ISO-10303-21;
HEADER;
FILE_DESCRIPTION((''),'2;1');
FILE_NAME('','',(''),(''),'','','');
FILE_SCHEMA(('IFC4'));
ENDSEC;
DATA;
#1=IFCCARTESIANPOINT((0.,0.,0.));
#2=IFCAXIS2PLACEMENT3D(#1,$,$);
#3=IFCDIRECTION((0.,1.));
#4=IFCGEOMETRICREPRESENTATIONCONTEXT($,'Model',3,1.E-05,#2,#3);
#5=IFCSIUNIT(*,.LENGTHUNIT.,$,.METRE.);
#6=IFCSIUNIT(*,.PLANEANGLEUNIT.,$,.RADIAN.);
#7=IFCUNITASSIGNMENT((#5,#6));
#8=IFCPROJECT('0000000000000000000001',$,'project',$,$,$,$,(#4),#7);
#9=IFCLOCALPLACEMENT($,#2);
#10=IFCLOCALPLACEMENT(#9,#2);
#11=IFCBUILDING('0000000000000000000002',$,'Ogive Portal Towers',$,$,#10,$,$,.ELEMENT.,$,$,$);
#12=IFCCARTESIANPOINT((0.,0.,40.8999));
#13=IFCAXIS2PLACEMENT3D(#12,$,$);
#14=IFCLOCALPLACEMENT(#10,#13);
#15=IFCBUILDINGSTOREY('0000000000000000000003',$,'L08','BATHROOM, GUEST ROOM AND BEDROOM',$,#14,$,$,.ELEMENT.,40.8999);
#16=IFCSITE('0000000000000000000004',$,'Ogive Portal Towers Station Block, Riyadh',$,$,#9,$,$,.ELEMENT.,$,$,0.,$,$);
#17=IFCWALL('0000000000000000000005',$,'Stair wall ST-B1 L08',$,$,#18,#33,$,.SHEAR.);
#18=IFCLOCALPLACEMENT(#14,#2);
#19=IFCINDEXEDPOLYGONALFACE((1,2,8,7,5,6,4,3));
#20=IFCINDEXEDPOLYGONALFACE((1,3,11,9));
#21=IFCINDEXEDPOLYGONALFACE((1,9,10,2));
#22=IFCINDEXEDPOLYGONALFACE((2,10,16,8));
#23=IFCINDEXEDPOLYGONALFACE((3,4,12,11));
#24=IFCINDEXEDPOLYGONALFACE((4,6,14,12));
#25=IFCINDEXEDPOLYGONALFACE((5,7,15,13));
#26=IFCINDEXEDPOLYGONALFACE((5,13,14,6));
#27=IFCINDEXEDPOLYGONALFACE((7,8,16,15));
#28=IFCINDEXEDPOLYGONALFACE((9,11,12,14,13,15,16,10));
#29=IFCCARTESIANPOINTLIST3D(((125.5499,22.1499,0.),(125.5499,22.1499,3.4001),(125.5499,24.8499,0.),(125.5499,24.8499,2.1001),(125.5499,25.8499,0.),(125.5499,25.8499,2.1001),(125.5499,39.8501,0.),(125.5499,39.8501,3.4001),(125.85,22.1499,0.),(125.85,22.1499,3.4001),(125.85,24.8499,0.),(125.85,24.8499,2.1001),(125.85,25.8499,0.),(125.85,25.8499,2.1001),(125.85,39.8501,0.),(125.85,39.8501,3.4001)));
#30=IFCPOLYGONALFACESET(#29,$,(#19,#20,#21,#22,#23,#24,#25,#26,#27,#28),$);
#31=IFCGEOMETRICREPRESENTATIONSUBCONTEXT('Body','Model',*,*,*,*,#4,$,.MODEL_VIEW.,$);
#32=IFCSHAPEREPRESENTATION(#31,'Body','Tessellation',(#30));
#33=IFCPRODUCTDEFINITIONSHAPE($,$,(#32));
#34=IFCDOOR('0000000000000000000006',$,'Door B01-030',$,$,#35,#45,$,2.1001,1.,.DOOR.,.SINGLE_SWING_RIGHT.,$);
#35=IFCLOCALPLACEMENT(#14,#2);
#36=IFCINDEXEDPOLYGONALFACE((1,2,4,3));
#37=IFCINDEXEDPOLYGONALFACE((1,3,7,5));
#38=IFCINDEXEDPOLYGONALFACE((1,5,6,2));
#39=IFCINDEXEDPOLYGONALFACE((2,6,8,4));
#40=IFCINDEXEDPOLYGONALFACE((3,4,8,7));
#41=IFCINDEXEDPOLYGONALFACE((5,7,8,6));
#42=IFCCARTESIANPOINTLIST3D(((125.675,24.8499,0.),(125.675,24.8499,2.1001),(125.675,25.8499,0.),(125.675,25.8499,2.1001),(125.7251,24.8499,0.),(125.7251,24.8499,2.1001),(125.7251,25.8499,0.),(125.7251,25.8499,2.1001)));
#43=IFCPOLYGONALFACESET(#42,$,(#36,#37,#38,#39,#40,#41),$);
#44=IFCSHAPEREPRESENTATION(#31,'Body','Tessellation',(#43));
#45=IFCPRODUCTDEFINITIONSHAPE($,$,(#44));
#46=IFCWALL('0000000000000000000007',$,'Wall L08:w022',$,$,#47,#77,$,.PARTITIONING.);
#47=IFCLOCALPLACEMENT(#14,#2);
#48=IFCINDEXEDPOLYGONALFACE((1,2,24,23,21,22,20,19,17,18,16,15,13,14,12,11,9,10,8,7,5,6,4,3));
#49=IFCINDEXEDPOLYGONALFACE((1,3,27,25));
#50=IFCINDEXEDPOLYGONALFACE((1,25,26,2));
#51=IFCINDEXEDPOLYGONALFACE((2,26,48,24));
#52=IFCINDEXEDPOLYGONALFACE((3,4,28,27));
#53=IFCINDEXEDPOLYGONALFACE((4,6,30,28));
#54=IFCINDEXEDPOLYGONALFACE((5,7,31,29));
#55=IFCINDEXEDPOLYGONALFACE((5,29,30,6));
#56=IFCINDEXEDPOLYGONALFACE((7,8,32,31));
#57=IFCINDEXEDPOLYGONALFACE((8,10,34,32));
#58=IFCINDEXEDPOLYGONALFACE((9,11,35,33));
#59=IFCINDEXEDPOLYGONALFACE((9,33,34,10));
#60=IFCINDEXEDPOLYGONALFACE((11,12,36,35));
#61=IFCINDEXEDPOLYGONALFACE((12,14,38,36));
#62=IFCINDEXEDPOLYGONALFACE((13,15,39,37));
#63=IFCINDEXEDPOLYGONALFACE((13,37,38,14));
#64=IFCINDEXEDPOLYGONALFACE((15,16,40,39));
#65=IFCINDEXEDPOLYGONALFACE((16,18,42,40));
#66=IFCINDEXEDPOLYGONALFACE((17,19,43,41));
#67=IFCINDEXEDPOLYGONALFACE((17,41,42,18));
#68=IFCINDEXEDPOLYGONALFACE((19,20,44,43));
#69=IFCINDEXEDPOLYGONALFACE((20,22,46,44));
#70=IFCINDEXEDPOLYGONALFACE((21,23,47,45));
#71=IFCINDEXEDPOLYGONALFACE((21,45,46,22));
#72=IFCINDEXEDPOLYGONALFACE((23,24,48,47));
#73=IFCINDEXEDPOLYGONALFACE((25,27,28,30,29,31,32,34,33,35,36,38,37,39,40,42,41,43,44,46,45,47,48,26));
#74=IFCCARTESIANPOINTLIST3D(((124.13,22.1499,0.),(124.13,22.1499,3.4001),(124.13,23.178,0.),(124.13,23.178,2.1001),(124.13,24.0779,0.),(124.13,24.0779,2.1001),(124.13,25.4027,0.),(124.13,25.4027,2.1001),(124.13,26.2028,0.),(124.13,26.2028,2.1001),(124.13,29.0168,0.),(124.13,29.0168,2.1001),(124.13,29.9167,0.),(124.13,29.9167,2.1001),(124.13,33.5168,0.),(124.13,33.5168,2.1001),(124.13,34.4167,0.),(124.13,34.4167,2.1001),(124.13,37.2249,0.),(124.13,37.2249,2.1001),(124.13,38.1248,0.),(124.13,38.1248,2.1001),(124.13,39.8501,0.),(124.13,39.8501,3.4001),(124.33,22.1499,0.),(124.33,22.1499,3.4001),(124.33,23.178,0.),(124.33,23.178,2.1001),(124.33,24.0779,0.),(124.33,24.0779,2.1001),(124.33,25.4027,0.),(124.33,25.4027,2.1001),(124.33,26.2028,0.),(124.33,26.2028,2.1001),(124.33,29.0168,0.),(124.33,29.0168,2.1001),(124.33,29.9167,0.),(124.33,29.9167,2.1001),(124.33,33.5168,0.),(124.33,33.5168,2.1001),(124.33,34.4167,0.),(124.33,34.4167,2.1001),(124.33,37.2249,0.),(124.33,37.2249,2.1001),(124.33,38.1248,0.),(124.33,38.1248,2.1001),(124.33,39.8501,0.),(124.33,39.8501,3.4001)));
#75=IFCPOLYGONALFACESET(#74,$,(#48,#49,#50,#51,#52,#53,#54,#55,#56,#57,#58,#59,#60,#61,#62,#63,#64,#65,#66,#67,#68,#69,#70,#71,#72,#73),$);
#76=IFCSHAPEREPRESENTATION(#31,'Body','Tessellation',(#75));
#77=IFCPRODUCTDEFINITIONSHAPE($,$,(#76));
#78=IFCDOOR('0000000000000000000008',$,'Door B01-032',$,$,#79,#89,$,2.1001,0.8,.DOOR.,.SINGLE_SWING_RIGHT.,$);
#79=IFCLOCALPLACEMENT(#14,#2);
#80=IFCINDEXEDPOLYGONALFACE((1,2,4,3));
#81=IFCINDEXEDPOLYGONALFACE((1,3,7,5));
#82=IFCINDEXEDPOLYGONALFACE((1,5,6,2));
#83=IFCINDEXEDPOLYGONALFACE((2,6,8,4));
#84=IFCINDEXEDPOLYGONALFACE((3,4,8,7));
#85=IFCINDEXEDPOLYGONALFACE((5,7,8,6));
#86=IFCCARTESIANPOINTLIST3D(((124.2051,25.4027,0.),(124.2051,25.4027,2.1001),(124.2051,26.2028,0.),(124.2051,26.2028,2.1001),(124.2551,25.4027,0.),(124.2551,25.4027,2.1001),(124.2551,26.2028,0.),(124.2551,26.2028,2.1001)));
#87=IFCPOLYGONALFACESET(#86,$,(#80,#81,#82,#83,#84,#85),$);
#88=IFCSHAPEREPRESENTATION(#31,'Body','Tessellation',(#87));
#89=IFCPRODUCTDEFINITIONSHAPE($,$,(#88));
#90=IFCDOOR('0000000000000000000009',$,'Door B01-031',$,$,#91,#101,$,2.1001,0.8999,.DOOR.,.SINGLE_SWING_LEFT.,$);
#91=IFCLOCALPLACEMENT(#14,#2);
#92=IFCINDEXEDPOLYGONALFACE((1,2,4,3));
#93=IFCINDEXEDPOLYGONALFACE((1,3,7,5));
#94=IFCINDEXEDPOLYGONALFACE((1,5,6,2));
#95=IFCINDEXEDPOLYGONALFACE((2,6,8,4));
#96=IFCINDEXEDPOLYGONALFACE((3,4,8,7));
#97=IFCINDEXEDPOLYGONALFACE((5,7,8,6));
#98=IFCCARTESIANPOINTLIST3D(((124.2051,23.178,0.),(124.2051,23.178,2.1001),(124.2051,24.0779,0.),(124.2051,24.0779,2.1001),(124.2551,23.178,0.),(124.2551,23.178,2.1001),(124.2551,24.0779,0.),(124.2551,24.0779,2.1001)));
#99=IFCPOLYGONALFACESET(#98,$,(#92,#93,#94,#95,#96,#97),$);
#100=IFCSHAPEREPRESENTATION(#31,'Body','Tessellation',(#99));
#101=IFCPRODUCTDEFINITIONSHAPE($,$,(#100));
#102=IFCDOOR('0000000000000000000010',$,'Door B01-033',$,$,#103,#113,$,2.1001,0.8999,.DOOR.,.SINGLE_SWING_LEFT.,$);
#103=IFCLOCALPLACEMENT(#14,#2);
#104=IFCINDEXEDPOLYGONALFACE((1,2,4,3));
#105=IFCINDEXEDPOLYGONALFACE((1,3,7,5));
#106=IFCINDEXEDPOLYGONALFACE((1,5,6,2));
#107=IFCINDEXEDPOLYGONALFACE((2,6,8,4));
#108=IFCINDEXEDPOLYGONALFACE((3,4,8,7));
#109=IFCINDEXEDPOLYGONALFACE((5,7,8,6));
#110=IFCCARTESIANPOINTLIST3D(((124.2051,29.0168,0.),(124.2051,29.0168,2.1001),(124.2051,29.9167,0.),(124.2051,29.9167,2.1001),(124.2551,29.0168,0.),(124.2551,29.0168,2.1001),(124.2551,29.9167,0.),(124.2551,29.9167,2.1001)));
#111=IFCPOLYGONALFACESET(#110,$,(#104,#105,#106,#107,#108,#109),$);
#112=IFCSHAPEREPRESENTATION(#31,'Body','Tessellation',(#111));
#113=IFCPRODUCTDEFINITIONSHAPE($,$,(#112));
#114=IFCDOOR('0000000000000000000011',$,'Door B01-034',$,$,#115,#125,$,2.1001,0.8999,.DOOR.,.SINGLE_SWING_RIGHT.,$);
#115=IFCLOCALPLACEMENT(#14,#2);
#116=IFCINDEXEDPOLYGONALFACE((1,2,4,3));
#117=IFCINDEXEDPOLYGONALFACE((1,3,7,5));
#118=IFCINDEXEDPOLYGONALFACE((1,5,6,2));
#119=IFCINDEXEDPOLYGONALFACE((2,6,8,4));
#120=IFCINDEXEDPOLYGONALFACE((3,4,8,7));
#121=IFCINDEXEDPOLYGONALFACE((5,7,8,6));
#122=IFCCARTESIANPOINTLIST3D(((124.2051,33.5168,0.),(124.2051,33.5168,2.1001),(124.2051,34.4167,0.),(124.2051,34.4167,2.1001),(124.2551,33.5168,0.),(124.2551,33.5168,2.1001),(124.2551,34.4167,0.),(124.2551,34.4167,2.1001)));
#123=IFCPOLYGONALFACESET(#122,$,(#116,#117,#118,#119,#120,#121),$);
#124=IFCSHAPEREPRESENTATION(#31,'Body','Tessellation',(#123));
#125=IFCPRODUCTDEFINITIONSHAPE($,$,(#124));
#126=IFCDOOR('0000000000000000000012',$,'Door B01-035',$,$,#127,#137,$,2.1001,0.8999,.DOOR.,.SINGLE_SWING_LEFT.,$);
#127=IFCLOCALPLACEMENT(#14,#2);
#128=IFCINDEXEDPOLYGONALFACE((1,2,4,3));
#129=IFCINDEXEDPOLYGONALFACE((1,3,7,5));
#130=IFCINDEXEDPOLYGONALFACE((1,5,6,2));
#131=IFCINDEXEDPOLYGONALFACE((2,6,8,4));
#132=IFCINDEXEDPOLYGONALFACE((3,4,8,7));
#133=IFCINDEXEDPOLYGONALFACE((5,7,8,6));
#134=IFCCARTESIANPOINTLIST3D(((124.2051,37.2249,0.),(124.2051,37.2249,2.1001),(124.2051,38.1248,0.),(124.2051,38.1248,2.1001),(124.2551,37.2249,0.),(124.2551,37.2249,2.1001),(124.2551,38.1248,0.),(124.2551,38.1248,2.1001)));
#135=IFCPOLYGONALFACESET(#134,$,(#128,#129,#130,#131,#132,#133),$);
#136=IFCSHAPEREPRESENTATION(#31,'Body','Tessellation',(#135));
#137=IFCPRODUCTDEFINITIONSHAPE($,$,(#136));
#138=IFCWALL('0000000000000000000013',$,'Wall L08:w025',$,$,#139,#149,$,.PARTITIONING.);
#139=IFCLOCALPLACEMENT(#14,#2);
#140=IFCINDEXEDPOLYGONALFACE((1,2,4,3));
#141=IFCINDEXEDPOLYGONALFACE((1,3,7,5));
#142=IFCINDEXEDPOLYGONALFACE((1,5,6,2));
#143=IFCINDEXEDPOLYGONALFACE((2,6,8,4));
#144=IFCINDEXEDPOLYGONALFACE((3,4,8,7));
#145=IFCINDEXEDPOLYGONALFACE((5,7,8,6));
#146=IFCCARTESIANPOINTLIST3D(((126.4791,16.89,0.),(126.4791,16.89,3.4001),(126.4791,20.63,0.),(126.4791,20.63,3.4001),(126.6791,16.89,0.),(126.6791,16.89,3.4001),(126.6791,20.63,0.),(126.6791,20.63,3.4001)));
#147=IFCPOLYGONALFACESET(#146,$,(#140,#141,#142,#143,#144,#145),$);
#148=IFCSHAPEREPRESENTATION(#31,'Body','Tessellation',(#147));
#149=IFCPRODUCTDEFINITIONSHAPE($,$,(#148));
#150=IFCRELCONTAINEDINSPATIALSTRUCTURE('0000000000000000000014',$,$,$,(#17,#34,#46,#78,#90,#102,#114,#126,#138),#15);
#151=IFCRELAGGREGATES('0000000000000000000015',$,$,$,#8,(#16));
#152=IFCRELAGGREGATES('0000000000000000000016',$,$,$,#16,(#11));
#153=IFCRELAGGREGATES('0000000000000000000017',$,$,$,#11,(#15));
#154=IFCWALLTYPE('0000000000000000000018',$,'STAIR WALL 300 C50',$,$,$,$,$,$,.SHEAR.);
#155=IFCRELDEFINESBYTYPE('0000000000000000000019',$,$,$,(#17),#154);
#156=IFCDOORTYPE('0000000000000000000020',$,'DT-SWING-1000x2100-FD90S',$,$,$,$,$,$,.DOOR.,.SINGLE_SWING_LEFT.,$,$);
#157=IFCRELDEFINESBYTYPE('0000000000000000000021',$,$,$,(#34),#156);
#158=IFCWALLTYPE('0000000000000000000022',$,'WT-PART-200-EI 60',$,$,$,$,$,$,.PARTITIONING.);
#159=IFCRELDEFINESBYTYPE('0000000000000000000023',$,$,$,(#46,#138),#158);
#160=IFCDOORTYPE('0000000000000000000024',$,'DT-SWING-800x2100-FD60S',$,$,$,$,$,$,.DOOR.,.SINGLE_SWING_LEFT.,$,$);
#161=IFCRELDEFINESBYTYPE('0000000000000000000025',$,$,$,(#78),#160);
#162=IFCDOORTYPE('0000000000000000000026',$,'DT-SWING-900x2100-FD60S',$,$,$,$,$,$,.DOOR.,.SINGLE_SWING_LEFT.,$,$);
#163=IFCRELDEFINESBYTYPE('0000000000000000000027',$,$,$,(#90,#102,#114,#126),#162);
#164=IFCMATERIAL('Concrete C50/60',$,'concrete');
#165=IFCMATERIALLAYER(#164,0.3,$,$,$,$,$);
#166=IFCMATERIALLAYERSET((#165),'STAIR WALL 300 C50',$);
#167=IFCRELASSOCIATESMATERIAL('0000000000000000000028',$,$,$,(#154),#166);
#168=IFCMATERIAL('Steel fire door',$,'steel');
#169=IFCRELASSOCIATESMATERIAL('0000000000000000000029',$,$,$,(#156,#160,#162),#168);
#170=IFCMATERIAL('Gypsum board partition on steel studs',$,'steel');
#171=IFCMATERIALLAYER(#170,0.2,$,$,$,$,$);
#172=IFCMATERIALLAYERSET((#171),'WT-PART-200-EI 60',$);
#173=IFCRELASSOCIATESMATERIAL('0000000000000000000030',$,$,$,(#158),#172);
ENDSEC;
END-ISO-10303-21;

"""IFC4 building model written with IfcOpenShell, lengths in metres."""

from ifc_helpers import new_model, si_unit, direction, frame, frame_2d, origin, place, context, subcontext, project, spatial, rectangle, extrude, material, layer, layer_set, type_object, element, fill, save


model = new_model("IFC4")

# Units and contexts
model_context = context("Model", 3, precision=1e-05, world=origin(), true_north=direction((0.0, 1.0)))
body_context = subcontext(model_context, "Body", "Model", "MODEL_VIEW")
ifc_project = project(units=[si_unit("LENGTHUNIT", "METRE"), si_unit("PLANEANGLEUNIT", "RADIAN")], contexts=[model_context])

# Site, building, storey
site_placement = place(None, origin())
site = spatial("IfcSite", under=ifc_project, at=site_placement, Name="Ogive Portal Towers Station Block, Riyadh", CompositionType="ELEMENT", RefElevation=0.0)
building_placement = place(site_placement, origin())
building = spatial("IfcBuilding", under=site, at=building_placement, Name="Ogive Portal Towers", CompositionType="ELEMENT")
storey_placement = place(building_placement, frame((0.0, 0.0, 40.8999)))
storey = spatial("IfcBuildingStorey", under=building, at=storey_placement, Name="L08", Description="BATHROOM, GUEST ROOM AND BEDROOM", CompositionType="ELEMENT", Elevation=40.8999)

# Wall, opening, door
ifc_material_1 = material(Name="Concrete C50/60", Category="concrete")
ifc_layer_1 = layer(ifc_material_1, 0.3)
ifc_layer_set_1 = layer_set([ifc_layer_1], Name="STAIR WALL 300 C50")
wall_type_1 = type_object("IfcWallType", Name="STAIR WALL 300 C50", PredefinedType="SHEAR", material=ifc_layer_set_1)
ifc_material_2 = material(Name="Steel fire door", Category="steel")
wall_1_placement = place(storey_placement, frame((125.7, 22.1499, 0.0), z_axis=(0.0, 0.0, 1.0), x_axis=(0.0, 1.0, 0.0)))
wall_1 = element("IfcWall", 1, at=wall_1_placement, inside=storey, type_object=wall_type_1, Name="Stair wall ST-B1 L08", PredefinedType="SHEAR", context=body_context, shape_type="SweptSolid", body=[
    extrude(rectangle(XDim=17.7002, YDim=0.3, at=frame_2d((8.8501, 0.0))), origin(), (0.0, 0.0, 1.0), 3.4001),
])
opening_1_placement = place(wall_1_placement, frame((2.7, 0.0, 0.0)))
opening_1 = element("IfcOpeningElement", 2, at=opening_1_placement, cuts=wall_1, PredefinedType="OPENING", context=body_context, shape_type="SweptSolid", body=[
    extrude(rectangle(XDim=1.0, YDim=2.1001, at=frame_2d((0.5, 1.05))), frame((0.0, 0.1602, 0.0), z_axis=(0.0, -1.0, 0.0), x_axis=(1.0, 0.0, 0.0)), (0.0, 0.0, 1.0), 0.3201),
])
door_type_1 = type_object("IfcDoorType", Name="DT-SWING-1000x2100-FD90S", OperationType="SINGLE_SWING_LEFT", PredefinedType="DOOR", material=ifc_material_2)
door_1_placement = place(opening_1_placement, origin())
door_1 = element("IfcDoor", 3, at=door_1_placement, inside=storey, type_object=door_type_1, Name="Door B01-030", OperationType="SINGLE_SWING_RIGHT", OverallHeight=2.1001, OverallWidth=1.0, PredefinedType="DOOR", context=body_context, shape_type="SweptSolid", body=[
    extrude(rectangle(XDim=1.0, YDim=2.1001, at=frame_2d((0.5, 1.05))), frame((0.0, 0.0249, 0.0), z_axis=(0.0, -1.0, 0.0), x_axis=(1.0, 0.0, 0.0)), (0.0, 0.0, 1.0), 0.05),
])
fill(opening_1, door_1)

# Wall, openings, doors
ifc_material_3 = material(Name="Gypsum board partition on steel studs", Category="steel")
ifc_layer_2 = layer(ifc_material_3, 0.2)
ifc_layer_set_2 = layer_set([ifc_layer_2], Name="WT-PART-200-EI 60")
wall_type_2 = type_object("IfcWallType", Name="WT-PART-200-EI 60", PredefinedType="PARTITIONING", material=ifc_layer_set_2)
wall_2_placement = place(storey_placement, frame((124.23, 22.1499, 0.0), z_axis=(0.0, 0.0, 1.0), x_axis=(0.0, 1.0, 0.0)))
wall_2 = element("IfcWall", 4, at=wall_2_placement, inside=storey, type_object=wall_type_2, Name="Wall L08:w022", PredefinedType="PARTITIONING", context=body_context, shape_type="SweptSolid", body=[
    extrude(rectangle(XDim=17.7002, YDim=0.2, at=frame_2d((8.8501, 0.0))), origin(), (0.0, 0.0, 1.0), 3.4001),
])
opening_2_placement = place(wall_2_placement, frame((1.0281, 0.0, 0.0)))
opening_2 = element("IfcOpeningElement", 5, at=opening_2_placement, cuts=wall_2, PredefinedType="OPENING", context=body_context, shape_type="SweptSolid", body=[
    extrude(rectangle(XDim=0.8999, YDim=2.1001, at=frame_2d((0.45, 1.05))), frame((0.0, 0.1099, 0.0), z_axis=(0.0, -1.0, 0.0), x_axis=(1.0, 0.0, 0.0)), (0.0, 0.0, 1.0), 0.22),
])
opening_3_placement = place(wall_2_placement, frame((3.2529, 0.0, 0.0)))
opening_3 = element("IfcOpeningElement", 6, at=opening_3_placement, cuts=wall_2, PredefinedType="OPENING", context=body_context, shape_type="SweptSolid", body=[
    extrude(rectangle(XDim=0.8, YDim=2.1001, at=frame_2d((0.3999, 1.05))), frame((0.0, 0.1099, 0.0), z_axis=(0.0, -1.0, 0.0), x_axis=(1.0, 0.0, 0.0)), (0.0, 0.0, 1.0), 0.22),
])
opening_4_placement = place(wall_2_placement, frame((6.8669, 0.0, 0.0)))
opening_4 = element("IfcOpeningElement", 7, at=opening_4_placement, cuts=wall_2, PredefinedType="OPENING", context=body_context, shape_type="SweptSolid", body=[
    extrude(rectangle(XDim=0.8999, YDim=2.1001, at=frame_2d((0.45, 1.05))), frame((0.0, 0.1099, 0.0), z_axis=(0.0, -1.0, 0.0), x_axis=(1.0, 0.0, 0.0)), (0.0, 0.0, 1.0), 0.22),
])
opening_5_placement = place(wall_2_placement, frame((11.3669, 0.0, 0.0)))
opening_5 = element("IfcOpeningElement", 8, at=opening_5_placement, cuts=wall_2, PredefinedType="OPENING", context=body_context, shape_type="SweptSolid", body=[
    extrude(rectangle(XDim=0.8999, YDim=2.1001, at=frame_2d((0.45, 1.05))), frame((0.0, 0.1099, 0.0), z_axis=(0.0, -1.0, 0.0), x_axis=(1.0, 0.0, 0.0)), (0.0, 0.0, 1.0), 0.22),
])
opening_6_placement = place(wall_2_placement, frame((15.075, 0.0, 0.0)))
opening_6 = element("IfcOpeningElement", 9, at=opening_6_placement, cuts=wall_2, PredefinedType="OPENING", context=body_context, shape_type="SweptSolid", body=[
    extrude(rectangle(XDim=0.8999, YDim=2.1001, at=frame_2d((0.45, 1.05))), frame((0.0, 0.1099, 0.0), z_axis=(0.0, -1.0, 0.0), x_axis=(1.0, 0.0, 0.0)), (0.0, 0.0, 1.0), 0.22),
])
door_type_2 = type_object("IfcDoorType", Name="DT-SWING-800x2100-FD60S", OperationType="SINGLE_SWING_LEFT", PredefinedType="DOOR", material=ifc_material_2)
door_2_placement = place(opening_3_placement, origin())
door_2 = element("IfcDoor", 10, at=door_2_placement, inside=storey, type_object=door_type_2, Name="Door B01-032", OperationType="SINGLE_SWING_RIGHT", OverallHeight=2.1001, OverallWidth=0.8, PredefinedType="DOOR", context=body_context, shape_type="SweptSolid", body=[
    extrude(rectangle(XDim=0.8, YDim=2.1001, at=frame_2d((0.3999, 1.05))), frame((0.0, 0.0249, 0.0), z_axis=(0.0, -1.0, 0.0), x_axis=(1.0, 0.0, 0.0)), (0.0, 0.0, 1.0), 0.05),
])
fill(opening_3, door_2)
door_type_3 = type_object("IfcDoorType", Name="DT-SWING-900x2100-FD60S", OperationType="SINGLE_SWING_LEFT", PredefinedType="DOOR", material=ifc_material_2)
door_3_placement = place(opening_2_placement, origin())
door_3 = element("IfcDoor", 11, at=door_3_placement, inside=storey, type_object=door_type_3, Name="Door B01-031", OperationType="SINGLE_SWING_LEFT", OverallHeight=2.1001, OverallWidth=0.8999, PredefinedType="DOOR", context=body_context, shape_type="SweptSolid", body=[
    extrude(rectangle(XDim=0.8999, YDim=2.1001, at=frame_2d((0.45, 1.05))), frame((0.0, 0.0249, 0.0), z_axis=(0.0, -1.0, 0.0), x_axis=(1.0, 0.0, 0.0)), (0.0, 0.0, 1.0), 0.05),
])
fill(opening_2, door_3)
door_4_placement = place(opening_4_placement, origin())
door_4 = element("IfcDoor", 12, at=door_4_placement, inside=storey, type_object=door_type_3, Name="Door B01-033", OperationType="SINGLE_SWING_LEFT", OverallHeight=2.1001, OverallWidth=0.8999, PredefinedType="DOOR", context=body_context, shape_type="SweptSolid", body=[
    extrude(rectangle(XDim=0.8999, YDim=2.1001, at=frame_2d((0.45, 1.05))), frame((0.0, 0.0249, 0.0), z_axis=(0.0, -1.0, 0.0), x_axis=(1.0, 0.0, 0.0)), (0.0, 0.0, 1.0), 0.05),
])
fill(opening_4, door_4)
door_5_placement = place(opening_5_placement, origin())
door_5 = element("IfcDoor", 13, at=door_5_placement, inside=storey, type_object=door_type_3, Name="Door B01-034", OperationType="SINGLE_SWING_RIGHT", OverallHeight=2.1001, OverallWidth=0.8999, PredefinedType="DOOR", context=body_context, shape_type="SweptSolid", body=[
    extrude(rectangle(XDim=0.8999, YDim=2.1001, at=frame_2d((0.45, 1.05))), frame((0.0, 0.0249, 0.0), z_axis=(0.0, -1.0, 0.0), x_axis=(1.0, 0.0, 0.0)), (0.0, 0.0, 1.0), 0.05),
])
fill(opening_5, door_5)
door_6_placement = place(opening_6_placement, origin())
door_6 = element("IfcDoor", 14, at=door_6_placement, inside=storey, type_object=door_type_3, Name="Door B01-035", OperationType="SINGLE_SWING_LEFT", OverallHeight=2.1001, OverallWidth=0.8999, PredefinedType="DOOR", context=body_context, shape_type="SweptSolid", body=[
    extrude(rectangle(XDim=0.8999, YDim=2.1001, at=frame_2d((0.45, 1.05))), frame((0.0, 0.0249, 0.0), z_axis=(0.0, -1.0, 0.0), x_axis=(1.0, 0.0, 0.0)), (0.0, 0.0, 1.0), 0.05),
])
fill(opening_6, door_6)

# Wall
wall_3_placement = place(storey_placement, frame((126.5791, 16.8899, 0.0), z_axis=(0.0, 0.0, 1.0), x_axis=(0.0, 1.0, 0.0)))
element("IfcWall", 15, at=wall_3_placement, inside=storey, type_object=wall_type_2, Name="Wall L08:w025", PredefinedType="PARTITIONING", context=body_context, shape_type="SweptSolid", body=[
    extrude(rectangle(XDim=3.74, YDim=0.2, at=frame_2d((1.8701, 0.0))), origin(), (0.0, 0.0, 1.0), 3.4001),
])

save(model, "model.ifc")
